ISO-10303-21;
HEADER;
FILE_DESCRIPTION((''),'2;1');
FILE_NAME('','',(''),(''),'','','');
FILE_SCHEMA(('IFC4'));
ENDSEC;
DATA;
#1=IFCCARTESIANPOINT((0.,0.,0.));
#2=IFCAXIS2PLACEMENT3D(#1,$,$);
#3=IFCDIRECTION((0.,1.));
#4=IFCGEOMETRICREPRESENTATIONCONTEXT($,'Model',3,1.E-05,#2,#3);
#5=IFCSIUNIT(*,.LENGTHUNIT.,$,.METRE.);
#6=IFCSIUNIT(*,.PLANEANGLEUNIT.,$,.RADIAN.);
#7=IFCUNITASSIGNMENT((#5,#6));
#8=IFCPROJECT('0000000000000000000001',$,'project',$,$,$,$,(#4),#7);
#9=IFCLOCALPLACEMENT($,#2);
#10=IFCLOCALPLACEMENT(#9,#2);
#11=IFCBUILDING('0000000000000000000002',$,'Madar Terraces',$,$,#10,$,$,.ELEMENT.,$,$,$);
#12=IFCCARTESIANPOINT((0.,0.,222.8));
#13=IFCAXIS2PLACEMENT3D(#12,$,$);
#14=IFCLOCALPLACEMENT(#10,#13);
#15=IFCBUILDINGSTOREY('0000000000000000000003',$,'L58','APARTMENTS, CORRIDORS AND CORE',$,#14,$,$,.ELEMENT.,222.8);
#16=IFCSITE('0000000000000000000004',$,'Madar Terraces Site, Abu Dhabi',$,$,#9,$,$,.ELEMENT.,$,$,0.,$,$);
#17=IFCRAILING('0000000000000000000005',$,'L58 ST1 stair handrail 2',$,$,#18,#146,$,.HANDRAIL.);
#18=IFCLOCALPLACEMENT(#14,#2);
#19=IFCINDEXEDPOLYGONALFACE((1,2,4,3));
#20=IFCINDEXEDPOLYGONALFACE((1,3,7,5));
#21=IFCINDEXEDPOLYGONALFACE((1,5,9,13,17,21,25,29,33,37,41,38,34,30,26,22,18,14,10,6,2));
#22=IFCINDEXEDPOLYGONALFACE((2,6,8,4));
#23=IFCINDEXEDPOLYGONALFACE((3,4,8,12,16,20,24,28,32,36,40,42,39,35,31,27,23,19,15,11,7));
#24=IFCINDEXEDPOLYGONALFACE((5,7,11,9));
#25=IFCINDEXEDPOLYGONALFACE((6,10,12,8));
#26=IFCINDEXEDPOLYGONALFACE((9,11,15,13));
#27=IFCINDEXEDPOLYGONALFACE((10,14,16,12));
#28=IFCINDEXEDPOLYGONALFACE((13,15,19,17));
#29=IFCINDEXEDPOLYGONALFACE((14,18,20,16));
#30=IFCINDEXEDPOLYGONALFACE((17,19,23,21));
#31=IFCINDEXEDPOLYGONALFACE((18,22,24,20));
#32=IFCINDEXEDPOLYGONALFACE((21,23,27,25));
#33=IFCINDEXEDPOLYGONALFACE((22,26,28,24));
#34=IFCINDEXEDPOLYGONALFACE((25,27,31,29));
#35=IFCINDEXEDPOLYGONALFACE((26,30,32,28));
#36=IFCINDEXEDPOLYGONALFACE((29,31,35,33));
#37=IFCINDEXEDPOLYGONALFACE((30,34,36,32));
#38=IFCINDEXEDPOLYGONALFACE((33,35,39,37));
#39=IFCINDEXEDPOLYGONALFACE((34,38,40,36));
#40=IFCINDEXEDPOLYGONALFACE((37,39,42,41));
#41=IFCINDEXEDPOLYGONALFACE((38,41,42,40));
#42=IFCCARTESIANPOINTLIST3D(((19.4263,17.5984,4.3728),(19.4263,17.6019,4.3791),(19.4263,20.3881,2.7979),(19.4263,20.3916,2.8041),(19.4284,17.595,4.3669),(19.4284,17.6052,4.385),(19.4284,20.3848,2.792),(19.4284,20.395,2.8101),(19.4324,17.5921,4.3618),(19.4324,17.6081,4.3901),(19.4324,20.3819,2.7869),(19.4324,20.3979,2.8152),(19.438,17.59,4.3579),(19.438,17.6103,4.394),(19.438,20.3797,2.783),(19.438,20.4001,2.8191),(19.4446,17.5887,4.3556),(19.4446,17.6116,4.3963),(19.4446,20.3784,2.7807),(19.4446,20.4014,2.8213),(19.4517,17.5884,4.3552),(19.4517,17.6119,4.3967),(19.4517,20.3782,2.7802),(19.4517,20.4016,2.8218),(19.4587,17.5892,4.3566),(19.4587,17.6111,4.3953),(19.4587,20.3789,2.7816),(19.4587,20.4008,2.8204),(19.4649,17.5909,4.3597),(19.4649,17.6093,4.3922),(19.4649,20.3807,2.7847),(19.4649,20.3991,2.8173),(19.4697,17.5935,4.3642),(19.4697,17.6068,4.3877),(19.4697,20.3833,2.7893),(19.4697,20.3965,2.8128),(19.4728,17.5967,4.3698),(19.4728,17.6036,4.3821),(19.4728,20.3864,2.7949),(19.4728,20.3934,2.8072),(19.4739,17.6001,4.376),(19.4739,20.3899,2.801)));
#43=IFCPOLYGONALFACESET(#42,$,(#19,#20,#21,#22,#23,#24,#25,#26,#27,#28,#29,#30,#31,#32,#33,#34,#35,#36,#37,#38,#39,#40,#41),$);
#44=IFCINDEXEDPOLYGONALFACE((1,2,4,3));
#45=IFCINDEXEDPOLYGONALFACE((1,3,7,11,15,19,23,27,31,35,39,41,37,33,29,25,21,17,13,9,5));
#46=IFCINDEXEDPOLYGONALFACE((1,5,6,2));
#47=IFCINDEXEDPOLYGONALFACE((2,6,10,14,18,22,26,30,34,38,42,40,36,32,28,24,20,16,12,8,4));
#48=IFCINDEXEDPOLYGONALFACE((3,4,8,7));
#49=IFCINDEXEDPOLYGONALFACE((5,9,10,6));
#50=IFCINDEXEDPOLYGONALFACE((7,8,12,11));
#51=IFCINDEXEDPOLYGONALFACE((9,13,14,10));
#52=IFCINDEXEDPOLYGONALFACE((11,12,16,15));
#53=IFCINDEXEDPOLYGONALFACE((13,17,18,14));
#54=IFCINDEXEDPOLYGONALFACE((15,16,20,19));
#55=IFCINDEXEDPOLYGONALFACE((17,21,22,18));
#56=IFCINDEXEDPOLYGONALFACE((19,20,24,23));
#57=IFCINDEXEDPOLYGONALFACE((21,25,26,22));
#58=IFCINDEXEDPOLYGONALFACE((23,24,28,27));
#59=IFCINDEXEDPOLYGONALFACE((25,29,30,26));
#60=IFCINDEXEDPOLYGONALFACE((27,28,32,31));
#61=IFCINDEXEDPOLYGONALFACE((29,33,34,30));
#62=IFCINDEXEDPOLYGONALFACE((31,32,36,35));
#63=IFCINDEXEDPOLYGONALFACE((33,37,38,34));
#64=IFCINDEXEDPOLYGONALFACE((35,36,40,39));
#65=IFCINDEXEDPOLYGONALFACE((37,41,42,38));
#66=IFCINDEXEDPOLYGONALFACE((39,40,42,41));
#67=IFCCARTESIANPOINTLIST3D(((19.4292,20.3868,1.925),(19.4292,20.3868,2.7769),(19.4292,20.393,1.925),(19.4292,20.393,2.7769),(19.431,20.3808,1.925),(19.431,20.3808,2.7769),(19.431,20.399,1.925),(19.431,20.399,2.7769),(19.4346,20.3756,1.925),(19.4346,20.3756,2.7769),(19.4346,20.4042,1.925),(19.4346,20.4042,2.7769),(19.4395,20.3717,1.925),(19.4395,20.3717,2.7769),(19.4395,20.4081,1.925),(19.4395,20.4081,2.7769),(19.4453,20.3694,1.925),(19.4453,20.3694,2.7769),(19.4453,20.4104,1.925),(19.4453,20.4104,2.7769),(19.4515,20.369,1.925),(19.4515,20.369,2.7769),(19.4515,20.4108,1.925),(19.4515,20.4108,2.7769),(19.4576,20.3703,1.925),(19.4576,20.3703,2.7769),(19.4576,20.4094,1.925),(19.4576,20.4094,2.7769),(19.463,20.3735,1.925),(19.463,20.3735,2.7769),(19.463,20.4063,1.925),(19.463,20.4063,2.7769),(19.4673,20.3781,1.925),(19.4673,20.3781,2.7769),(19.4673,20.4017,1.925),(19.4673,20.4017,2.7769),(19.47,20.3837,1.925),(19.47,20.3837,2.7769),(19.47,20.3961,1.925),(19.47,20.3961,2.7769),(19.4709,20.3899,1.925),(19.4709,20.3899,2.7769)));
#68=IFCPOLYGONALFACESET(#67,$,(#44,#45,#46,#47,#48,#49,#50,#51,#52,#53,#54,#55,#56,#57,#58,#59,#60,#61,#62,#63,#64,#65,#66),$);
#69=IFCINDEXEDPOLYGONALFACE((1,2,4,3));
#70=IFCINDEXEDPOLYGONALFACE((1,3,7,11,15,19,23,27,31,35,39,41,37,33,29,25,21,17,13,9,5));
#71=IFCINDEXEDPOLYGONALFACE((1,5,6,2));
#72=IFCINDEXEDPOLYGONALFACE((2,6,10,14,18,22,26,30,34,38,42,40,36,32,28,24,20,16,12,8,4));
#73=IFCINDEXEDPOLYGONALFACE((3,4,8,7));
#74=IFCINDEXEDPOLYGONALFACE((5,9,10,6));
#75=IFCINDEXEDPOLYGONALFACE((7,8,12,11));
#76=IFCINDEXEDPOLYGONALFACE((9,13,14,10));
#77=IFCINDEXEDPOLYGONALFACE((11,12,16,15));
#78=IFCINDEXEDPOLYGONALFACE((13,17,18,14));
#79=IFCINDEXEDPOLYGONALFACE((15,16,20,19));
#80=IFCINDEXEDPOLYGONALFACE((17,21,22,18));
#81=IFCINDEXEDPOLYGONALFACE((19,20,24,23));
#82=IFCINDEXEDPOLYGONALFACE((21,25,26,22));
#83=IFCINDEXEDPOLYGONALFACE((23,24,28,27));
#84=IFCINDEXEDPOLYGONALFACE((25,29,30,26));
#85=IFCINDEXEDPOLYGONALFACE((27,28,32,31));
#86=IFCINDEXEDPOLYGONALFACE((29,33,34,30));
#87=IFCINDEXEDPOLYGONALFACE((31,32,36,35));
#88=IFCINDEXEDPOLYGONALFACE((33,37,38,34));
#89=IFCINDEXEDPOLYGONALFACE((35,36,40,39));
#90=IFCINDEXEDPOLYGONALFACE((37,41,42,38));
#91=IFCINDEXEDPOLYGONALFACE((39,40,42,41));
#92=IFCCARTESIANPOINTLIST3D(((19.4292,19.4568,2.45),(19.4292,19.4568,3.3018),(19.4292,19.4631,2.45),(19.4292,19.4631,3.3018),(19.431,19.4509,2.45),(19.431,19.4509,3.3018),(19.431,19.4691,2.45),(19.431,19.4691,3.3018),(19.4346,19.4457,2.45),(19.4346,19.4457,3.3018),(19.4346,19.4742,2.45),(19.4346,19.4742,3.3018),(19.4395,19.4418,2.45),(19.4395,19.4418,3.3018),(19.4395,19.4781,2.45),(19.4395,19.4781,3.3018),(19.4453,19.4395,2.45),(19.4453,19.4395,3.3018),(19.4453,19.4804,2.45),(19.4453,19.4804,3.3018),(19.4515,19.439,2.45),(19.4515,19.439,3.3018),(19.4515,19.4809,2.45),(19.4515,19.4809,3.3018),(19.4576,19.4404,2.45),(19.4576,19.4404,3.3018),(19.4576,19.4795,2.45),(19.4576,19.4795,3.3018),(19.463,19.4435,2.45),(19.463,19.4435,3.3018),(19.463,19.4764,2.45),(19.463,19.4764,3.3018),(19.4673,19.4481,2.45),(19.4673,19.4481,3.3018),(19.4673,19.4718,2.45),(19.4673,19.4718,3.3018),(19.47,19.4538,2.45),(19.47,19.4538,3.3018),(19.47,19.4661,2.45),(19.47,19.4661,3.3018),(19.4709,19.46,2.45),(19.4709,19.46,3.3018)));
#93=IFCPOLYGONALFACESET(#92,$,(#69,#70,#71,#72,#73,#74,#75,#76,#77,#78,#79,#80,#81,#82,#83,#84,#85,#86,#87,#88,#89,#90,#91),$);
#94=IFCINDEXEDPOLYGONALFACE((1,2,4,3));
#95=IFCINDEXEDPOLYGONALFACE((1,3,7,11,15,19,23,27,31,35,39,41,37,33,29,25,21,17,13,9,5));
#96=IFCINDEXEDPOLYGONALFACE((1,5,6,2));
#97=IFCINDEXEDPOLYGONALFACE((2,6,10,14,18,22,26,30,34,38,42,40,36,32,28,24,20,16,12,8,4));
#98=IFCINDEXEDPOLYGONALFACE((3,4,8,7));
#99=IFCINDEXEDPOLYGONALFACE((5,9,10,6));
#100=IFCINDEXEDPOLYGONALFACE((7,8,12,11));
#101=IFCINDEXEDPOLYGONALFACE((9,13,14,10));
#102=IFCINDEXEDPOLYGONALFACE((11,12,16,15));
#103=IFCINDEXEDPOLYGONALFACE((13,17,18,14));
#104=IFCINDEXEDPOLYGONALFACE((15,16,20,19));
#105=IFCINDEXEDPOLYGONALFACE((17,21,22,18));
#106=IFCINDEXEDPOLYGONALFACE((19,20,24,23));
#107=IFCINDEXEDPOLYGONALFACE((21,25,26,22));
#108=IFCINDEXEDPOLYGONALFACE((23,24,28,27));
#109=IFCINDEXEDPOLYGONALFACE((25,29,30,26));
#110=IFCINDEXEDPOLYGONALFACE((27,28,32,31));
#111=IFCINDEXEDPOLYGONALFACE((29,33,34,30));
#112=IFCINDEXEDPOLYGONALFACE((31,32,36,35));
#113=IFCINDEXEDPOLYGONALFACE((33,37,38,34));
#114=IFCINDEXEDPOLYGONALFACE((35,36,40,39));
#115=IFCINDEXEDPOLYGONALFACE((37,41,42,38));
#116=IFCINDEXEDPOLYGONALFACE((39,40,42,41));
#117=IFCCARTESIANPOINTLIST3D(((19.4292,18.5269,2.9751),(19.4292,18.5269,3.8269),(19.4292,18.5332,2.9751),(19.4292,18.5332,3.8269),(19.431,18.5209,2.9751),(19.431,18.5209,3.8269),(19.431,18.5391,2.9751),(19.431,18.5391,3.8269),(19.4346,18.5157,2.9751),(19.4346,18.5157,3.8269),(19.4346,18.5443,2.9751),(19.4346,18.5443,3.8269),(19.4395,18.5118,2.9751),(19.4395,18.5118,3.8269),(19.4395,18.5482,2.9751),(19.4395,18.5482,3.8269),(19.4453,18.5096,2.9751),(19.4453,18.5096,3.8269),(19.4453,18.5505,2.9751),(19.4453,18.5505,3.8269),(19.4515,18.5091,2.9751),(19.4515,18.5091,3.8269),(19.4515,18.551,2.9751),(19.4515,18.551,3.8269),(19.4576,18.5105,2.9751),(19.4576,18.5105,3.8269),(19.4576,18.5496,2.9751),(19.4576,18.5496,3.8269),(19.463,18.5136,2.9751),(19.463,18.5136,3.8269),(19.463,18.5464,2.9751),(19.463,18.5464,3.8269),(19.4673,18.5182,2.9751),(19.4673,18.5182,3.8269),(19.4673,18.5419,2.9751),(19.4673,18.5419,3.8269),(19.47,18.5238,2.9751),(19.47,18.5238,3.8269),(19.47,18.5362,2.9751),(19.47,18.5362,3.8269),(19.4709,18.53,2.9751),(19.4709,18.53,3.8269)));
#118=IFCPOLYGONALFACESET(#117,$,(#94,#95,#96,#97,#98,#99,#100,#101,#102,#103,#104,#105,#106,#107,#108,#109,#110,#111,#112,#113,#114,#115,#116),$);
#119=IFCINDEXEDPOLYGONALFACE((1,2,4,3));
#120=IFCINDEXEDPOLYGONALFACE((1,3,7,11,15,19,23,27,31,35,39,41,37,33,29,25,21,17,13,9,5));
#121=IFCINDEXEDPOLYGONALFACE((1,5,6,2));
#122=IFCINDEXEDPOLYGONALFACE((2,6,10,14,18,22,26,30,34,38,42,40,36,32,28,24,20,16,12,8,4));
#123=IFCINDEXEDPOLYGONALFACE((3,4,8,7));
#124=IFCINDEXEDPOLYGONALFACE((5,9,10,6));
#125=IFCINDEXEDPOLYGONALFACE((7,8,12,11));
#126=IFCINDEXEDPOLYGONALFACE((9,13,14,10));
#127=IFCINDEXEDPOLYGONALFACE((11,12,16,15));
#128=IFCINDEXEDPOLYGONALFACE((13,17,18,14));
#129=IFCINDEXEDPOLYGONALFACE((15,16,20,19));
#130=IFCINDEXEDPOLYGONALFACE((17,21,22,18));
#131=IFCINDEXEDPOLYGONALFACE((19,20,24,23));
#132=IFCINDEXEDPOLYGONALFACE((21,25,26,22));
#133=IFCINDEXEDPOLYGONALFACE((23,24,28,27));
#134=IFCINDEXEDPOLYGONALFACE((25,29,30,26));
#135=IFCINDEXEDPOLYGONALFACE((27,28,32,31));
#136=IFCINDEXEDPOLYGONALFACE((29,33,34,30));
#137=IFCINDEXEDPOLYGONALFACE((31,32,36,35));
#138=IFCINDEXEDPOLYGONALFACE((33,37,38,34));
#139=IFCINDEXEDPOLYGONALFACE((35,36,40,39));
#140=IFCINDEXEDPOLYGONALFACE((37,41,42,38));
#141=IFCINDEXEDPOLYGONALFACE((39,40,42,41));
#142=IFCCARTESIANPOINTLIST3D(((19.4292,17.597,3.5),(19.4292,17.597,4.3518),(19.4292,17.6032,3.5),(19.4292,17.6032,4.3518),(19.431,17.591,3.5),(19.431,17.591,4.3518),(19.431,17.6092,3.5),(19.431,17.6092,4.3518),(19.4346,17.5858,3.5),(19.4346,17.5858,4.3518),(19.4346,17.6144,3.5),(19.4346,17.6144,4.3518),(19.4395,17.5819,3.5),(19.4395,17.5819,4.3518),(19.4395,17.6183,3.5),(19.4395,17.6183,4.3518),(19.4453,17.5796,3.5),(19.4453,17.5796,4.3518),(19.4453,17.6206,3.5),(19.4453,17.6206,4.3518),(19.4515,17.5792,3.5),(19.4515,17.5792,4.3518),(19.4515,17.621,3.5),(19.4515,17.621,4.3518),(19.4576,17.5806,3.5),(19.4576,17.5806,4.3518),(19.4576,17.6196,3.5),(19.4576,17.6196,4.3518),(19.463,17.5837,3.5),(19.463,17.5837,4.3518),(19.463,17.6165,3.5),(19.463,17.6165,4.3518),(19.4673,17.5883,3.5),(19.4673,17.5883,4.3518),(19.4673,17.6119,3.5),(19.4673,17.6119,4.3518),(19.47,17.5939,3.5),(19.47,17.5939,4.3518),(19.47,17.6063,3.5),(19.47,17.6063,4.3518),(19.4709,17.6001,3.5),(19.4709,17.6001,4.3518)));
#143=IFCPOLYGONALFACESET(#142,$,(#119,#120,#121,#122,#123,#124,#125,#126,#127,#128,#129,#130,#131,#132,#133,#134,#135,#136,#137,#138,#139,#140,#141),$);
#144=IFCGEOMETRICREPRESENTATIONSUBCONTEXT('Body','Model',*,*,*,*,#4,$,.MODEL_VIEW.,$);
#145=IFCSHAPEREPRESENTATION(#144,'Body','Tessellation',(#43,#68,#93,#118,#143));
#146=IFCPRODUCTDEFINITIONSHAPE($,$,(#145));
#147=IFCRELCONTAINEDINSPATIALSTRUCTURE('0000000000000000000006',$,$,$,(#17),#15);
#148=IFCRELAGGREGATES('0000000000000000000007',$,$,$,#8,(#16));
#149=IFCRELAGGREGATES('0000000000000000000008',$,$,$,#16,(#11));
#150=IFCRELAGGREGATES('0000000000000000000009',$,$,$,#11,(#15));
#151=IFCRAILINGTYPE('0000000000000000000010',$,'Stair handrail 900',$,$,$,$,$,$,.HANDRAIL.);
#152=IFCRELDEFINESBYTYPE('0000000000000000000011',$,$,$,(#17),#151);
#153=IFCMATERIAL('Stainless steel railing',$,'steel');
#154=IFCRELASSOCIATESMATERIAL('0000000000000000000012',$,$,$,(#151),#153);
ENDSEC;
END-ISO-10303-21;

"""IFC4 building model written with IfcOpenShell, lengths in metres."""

from ifc_helpers import new_model, si_unit, direction, frame, origin, origin_2d, place, context, subcontext, project, spatial, circle, extrude, material, type_object, element, save


model = new_model("IFC4")

# Units and contexts
model_context = context("Model", 3, precision=1e-05, world=origin(), true_north=direction((0.0, 1.0)))
body_context = subcontext(model_context, "Body", "Model", "MODEL_VIEW")
ifc_project = project(units=[si_unit("LENGTHUNIT", "METRE"), si_unit("PLANEANGLEUNIT", "RADIAN")], contexts=[model_context])

# Site, building, storey
site_placement = place(None, origin())
site = spatial("IfcSite", under=ifc_project, at=site_placement, Name="Madar Terraces Site, Abu Dhabi", CompositionType="ELEMENT", RefElevation=0.0)
building_placement = place(site_placement, origin())
building = spatial("IfcBuilding", under=site, at=building_placement, Name="Madar Terraces", CompositionType="ELEMENT")
storey_placement = place(building_placement, frame((0.0, 0.0, 222.8)))
storey = spatial("IfcBuildingStorey", under=building, at=storey_placement, Name="L58", Description="APARTMENTS, CORRIDORS AND CORE", CompositionType="ELEMENT", Elevation=222.8)

# Railing
ifc_material_1 = material(Name="Stainless steel railing", Category="steel")
railing_type_1 = type_object("IfcRailingType", Name="Stair handrail 900", PredefinedType="HANDRAIL", material=ifc_material_1)
railing_1_placement = place(storey_placement, frame((19.45, 20.3899, 1.925)))
element("IfcRailing", 1, at=railing_1_placement, inside=storey, type_object=railing_type_1, Name="L58 ST1 stair handrail 2", PredefinedType="HANDRAIL", context=body_context, shape_type="SweptSolid", body=[
    extrude(circle(Radius=0.0239, at=origin_2d()), frame((0.0, 0.0, 0.876), z_axis=(0.0, -0.870815, 0.49161), x_axis=(1.0, 0.0, 0.0)), (0.0, 0.0, 1.0), 3.2036),
    extrude(circle(Radius=0.021, at=origin_2d()), origin(), (0.0, 0.0, 1.0), 0.8518),
    extrude(circle(Radius=0.021, at=origin_2d()), frame((0.0, -0.9299, 0.5249)), (0.0, 0.0, 1.0), 0.8518),
    extrude(circle(Radius=0.021, at=origin_2d()), frame((0.0, -1.8599, 1.05)), (0.0, 0.0, 1.0), 0.8518),
    extrude(circle(Radius=0.021, at=origin_2d()), frame((0.0, -2.7898, 1.575)), (0.0, 0.0, 1.0), 0.8518),
])

save(model, "model.ifc")
